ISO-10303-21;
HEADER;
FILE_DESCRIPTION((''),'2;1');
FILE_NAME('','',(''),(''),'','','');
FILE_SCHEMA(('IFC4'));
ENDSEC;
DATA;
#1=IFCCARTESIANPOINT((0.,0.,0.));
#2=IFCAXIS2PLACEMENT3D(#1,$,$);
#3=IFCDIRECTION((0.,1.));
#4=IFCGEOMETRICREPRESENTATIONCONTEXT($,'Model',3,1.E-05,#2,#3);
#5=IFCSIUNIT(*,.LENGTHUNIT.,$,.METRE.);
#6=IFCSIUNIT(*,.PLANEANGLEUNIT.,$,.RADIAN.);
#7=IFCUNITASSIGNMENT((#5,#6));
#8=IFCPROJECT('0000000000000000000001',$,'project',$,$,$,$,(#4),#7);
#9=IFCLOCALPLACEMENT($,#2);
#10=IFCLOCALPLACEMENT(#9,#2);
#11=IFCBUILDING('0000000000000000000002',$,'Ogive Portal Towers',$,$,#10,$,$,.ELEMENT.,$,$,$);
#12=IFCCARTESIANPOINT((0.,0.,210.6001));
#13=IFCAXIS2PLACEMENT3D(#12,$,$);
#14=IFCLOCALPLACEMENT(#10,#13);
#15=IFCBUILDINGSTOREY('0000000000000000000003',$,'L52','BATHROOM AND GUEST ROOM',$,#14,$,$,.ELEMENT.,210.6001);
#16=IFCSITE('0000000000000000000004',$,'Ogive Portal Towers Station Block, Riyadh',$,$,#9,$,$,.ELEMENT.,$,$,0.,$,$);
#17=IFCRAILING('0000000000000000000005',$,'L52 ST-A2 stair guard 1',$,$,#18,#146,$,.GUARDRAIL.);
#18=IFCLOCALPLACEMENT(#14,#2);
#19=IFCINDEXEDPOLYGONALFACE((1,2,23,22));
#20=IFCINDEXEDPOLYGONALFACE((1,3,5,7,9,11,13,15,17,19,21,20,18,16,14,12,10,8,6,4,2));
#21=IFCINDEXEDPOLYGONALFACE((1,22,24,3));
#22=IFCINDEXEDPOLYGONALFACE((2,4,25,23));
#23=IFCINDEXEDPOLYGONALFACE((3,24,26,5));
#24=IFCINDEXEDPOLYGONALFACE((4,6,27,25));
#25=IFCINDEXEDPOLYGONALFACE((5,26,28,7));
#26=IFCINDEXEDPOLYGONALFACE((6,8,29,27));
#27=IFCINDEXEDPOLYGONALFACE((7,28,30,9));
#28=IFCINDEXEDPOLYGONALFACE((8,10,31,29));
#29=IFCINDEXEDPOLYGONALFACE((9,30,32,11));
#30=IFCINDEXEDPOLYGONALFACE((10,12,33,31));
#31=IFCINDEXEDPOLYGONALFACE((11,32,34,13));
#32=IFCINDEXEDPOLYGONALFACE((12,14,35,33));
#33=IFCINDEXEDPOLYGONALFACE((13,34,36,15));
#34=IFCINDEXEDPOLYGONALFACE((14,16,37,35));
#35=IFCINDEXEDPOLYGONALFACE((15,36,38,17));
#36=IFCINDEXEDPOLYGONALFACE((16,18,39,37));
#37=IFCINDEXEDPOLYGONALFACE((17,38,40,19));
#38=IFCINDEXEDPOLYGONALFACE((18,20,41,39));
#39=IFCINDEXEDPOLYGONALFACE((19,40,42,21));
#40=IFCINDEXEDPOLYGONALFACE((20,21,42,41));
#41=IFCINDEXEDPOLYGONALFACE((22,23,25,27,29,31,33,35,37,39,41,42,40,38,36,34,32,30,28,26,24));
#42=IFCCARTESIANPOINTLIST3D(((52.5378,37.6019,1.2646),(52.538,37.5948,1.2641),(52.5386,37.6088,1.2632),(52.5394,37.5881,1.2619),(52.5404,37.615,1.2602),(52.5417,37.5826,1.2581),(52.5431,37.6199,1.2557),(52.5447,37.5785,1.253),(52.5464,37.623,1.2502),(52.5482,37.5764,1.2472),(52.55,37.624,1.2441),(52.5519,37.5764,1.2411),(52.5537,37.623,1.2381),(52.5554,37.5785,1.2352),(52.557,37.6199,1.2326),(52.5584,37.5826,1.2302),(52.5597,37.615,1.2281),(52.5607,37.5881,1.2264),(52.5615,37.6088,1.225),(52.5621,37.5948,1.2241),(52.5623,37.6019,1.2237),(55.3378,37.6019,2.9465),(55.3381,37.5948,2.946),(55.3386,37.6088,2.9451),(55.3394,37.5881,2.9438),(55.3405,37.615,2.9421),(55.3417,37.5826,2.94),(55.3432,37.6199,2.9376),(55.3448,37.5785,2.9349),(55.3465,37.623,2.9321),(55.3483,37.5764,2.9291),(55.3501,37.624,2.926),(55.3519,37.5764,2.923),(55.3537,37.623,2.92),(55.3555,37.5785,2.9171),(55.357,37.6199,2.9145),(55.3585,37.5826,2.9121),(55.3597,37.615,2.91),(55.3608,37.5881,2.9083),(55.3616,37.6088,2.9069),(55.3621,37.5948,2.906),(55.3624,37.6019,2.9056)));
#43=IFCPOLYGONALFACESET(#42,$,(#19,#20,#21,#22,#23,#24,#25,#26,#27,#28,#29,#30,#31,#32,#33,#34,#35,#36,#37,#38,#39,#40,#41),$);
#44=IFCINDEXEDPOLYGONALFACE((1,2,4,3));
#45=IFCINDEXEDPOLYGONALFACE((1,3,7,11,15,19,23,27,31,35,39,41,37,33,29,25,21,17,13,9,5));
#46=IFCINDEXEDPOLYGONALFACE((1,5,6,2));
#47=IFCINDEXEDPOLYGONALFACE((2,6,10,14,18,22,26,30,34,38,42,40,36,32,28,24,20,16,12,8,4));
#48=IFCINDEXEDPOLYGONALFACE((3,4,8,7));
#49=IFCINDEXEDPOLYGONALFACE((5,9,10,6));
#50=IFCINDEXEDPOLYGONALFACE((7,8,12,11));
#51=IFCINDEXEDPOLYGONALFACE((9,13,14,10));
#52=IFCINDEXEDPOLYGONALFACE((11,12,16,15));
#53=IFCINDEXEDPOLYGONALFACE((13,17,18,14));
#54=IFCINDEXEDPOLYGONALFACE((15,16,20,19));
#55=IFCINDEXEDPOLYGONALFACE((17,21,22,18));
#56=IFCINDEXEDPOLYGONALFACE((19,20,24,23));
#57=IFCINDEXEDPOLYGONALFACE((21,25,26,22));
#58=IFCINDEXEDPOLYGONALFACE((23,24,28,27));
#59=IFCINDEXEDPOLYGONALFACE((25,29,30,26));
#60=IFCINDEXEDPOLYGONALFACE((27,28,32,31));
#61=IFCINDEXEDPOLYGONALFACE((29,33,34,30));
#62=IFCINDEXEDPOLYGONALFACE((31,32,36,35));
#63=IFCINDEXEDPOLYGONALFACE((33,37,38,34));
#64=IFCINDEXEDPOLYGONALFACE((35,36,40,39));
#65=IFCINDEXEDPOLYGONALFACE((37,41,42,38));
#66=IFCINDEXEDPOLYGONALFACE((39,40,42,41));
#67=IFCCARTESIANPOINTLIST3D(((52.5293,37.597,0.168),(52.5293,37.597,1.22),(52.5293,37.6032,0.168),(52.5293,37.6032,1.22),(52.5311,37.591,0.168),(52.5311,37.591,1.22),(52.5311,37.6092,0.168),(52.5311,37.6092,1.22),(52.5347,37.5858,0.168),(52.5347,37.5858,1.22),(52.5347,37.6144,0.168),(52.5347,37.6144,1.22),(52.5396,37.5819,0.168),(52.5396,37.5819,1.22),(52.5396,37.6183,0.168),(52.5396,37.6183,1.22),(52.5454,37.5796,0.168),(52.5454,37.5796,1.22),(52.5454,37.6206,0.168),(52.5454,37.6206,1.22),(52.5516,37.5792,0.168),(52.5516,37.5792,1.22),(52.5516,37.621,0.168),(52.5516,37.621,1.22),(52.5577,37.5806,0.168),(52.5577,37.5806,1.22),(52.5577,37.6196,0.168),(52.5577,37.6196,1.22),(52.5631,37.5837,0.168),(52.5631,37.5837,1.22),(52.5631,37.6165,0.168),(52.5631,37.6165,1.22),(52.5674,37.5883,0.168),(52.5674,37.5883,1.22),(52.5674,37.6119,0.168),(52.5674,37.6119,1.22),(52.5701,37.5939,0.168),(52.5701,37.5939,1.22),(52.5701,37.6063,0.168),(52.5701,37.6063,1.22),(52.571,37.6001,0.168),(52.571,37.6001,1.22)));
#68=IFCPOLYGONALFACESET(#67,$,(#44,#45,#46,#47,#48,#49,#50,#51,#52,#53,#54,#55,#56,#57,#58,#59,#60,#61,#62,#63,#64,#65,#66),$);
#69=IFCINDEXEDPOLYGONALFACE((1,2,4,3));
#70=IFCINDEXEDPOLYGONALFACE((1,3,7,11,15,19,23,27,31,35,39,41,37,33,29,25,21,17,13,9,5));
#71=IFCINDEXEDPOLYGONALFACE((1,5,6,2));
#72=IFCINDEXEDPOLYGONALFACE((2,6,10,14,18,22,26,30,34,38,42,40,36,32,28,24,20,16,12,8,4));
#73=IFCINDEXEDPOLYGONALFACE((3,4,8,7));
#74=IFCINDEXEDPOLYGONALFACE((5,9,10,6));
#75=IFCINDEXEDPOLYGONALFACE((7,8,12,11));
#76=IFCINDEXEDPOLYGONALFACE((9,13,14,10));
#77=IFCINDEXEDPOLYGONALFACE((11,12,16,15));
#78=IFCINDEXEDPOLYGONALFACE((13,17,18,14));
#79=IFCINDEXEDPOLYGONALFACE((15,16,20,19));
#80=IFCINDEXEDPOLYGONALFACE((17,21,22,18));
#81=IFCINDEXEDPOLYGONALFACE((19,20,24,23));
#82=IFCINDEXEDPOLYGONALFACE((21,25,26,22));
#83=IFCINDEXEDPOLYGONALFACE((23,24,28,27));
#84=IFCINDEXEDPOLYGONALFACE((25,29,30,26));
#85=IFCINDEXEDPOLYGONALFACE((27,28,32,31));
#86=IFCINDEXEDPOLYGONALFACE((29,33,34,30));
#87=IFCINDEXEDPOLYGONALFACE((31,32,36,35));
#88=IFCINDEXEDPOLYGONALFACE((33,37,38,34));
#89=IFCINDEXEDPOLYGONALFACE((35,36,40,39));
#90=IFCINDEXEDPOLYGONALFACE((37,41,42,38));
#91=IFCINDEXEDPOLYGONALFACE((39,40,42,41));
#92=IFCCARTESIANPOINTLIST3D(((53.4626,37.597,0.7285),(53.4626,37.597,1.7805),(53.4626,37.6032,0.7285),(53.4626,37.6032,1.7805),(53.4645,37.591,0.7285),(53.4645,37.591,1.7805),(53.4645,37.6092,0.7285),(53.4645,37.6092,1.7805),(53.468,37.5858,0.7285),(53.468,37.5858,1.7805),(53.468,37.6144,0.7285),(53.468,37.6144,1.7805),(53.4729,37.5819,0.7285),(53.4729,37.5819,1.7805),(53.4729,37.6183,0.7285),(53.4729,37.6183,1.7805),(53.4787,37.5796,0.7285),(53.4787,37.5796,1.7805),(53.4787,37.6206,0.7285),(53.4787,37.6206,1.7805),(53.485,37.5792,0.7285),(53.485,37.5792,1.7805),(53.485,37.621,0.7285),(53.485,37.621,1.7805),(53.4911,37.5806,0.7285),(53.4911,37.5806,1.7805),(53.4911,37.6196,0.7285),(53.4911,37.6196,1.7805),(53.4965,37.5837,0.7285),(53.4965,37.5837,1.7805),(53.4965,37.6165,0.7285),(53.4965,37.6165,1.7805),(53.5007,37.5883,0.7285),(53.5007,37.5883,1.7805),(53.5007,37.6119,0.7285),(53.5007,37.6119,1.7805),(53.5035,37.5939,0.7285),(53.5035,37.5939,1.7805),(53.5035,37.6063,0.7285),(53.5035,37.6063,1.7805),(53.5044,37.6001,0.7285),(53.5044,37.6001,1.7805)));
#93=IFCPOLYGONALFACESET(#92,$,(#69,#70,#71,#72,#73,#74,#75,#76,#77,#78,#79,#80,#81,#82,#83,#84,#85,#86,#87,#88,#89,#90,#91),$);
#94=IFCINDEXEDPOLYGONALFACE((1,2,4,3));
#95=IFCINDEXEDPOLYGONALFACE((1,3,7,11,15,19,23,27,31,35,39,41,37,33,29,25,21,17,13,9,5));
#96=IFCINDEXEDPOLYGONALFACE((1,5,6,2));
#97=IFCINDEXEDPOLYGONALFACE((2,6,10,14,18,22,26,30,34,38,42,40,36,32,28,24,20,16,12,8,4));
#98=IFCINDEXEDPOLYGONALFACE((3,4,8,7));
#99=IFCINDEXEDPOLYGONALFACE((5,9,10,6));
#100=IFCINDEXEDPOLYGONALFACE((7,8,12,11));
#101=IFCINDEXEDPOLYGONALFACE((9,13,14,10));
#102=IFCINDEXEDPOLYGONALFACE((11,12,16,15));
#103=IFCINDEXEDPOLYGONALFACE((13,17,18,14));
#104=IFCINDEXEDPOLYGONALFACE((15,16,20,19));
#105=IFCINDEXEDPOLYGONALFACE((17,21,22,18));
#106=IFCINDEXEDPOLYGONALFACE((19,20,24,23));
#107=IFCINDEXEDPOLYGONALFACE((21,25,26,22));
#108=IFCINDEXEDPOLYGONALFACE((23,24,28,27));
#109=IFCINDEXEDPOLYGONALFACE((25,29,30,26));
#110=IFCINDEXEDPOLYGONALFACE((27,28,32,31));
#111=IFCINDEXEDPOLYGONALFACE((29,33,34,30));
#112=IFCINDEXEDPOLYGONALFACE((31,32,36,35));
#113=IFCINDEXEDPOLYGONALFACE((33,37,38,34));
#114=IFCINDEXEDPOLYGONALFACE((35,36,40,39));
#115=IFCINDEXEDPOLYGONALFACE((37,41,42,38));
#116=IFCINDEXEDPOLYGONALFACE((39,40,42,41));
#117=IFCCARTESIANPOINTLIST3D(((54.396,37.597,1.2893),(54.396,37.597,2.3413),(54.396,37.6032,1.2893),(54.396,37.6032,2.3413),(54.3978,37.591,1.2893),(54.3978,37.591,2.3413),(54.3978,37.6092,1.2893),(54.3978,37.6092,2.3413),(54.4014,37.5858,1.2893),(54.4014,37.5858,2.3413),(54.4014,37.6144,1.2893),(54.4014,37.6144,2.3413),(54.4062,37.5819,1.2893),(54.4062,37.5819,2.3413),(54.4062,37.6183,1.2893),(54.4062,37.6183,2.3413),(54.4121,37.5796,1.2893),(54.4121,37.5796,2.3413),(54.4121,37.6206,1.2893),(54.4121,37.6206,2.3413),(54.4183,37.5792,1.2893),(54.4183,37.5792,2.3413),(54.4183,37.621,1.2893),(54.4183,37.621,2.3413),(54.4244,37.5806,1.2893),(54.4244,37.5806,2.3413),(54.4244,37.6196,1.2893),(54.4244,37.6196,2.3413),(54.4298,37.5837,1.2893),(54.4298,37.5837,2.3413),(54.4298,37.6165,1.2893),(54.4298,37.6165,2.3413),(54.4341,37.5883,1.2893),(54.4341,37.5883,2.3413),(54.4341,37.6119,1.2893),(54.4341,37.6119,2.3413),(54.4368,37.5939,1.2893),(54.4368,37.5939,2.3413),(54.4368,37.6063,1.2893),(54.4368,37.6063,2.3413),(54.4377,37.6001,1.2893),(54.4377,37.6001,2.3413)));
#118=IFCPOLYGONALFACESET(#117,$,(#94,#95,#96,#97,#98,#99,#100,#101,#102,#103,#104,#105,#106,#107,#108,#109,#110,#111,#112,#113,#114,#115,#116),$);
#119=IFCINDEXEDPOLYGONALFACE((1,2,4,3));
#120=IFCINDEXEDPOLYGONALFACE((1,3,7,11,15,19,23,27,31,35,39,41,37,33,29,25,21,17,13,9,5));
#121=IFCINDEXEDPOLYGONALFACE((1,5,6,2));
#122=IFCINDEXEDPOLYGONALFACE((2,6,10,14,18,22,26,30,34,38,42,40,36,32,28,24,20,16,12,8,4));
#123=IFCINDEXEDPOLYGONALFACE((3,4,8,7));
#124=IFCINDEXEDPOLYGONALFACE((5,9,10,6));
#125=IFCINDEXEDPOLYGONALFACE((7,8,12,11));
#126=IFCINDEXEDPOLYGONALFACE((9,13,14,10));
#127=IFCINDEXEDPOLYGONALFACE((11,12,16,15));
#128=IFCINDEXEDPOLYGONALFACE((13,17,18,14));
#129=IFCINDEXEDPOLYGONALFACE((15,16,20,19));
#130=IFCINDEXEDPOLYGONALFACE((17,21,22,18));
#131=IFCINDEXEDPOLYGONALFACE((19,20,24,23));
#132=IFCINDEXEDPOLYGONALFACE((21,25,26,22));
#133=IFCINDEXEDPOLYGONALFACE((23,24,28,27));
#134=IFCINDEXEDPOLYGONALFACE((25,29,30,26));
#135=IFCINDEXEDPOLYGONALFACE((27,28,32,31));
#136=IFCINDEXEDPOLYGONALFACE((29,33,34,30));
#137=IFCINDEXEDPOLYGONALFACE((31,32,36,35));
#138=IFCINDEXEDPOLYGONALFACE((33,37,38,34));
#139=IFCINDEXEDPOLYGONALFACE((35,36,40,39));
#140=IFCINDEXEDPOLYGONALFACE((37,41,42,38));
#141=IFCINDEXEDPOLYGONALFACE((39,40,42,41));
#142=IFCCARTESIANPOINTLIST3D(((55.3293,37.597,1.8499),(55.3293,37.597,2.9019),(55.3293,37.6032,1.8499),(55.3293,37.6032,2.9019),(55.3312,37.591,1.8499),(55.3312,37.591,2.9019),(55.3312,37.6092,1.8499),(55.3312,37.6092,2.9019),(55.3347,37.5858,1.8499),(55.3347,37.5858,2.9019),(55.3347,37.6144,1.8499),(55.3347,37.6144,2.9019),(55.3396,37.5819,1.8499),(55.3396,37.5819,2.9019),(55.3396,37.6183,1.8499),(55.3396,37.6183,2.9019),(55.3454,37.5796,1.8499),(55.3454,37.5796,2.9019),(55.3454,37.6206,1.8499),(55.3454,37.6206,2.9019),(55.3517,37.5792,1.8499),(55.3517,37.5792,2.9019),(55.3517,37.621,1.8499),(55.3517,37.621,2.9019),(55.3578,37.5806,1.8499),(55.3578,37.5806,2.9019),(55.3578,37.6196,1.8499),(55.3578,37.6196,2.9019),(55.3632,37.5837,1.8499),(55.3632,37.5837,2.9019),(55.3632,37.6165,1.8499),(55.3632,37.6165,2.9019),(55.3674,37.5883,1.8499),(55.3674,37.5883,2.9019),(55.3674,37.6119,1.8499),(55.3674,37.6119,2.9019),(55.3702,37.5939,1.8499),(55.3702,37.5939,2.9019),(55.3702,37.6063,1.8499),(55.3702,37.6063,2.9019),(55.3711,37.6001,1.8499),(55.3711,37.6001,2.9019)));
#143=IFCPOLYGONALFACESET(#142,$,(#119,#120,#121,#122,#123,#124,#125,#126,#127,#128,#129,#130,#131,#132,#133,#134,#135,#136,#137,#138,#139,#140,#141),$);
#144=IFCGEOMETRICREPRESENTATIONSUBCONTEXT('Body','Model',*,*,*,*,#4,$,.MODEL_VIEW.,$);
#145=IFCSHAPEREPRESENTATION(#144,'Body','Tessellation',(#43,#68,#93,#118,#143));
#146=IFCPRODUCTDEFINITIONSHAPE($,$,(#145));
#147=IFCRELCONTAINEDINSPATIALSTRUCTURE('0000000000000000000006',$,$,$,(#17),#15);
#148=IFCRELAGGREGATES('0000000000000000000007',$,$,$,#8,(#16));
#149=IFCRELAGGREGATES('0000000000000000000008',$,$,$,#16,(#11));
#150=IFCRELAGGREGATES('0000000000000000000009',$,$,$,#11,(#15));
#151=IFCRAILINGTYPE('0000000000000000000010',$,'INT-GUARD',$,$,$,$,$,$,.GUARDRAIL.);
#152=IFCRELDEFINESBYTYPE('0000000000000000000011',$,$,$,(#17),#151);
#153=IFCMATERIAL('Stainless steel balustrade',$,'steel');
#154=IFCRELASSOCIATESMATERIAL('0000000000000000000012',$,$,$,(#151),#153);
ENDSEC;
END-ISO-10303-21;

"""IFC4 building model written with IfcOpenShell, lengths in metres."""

from ifc_helpers import new_model, si_unit, direction, frame, origin, origin_2d, place, context, subcontext, project, spatial, circle, extrude, material, type_object, element, save


model = new_model("IFC4")

# Units and contexts
model_context = context("Model", 3, precision=1e-05, world=origin(), true_north=direction((0.0, 1.0)))
body_context = subcontext(model_context, "Body", "Model", "MODEL_VIEW")
ifc_project = project(units=[si_unit("LENGTHUNIT", "METRE"), si_unit("PLANEANGLEUNIT", "RADIAN")], contexts=[model_context])

# Site, building, storey
site_placement = place(None, origin())
site = spatial("IfcSite", under=ifc_project, at=site_placement, Name="Ogive Portal Towers Station Block, Riyadh", CompositionType="ELEMENT", RefElevation=0.0)
building_placement = place(site_placement, origin())
building = spatial("IfcBuilding", under=site, at=building_placement, Name="Ogive Portal Towers", CompositionType="ELEMENT")
storey_placement = place(building_placement, frame((0.0, 0.0, 210.6001)))
storey = spatial("IfcBuildingStorey", under=building, at=storey_placement, Name="L52", Description="BATHROOM AND GUEST ROOM", CompositionType="ELEMENT", Elevation=210.6001)

# Railing
ifc_material_1 = material(Name="Stainless steel balustrade", Category="steel")
railing_type_1 = type_object("IfcRailingType", Name="INT-GUARD", PredefinedType="GUARDRAIL", material=ifc_material_1)
railing_1_placement = place(storey_placement, frame((52.55, 37.6001, 0.168)))
element("IfcRailing", 1, at=railing_1_placement, inside=storey, type_object=railing_type_1, Name="L52 ST-A2 stair guard 1", PredefinedType="GUARDRAIL", context=body_context, shape_type="SweptSolid", body=[
    extrude(circle(Radius=0.0239, at=origin_2d()), frame((0.0, 0.0, 1.0762), z_axis=(0.857242, 0.0, 0.514913), x_axis=(0.0, 1.0, 0.0)), (0.0, 0.0, 1.0), 3.2664),
    extrude(circle(Radius=0.021, at=origin_2d()), origin(), (0.0, 0.0, 1.0), 1.052),
    extrude(circle(Radius=0.021, at=origin_2d()), frame((0.9333, 0.0, 0.5605)), (0.0, 0.0, 1.0), 1.052),
    extrude(circle(Radius=0.021, at=origin_2d()), frame((1.8667, 0.0, 1.1213)), (0.0, 0.0, 1.0), 1.052),
    extrude(circle(Radius=0.021, at=origin_2d()), frame((2.8, 0.0, 1.6819)), (0.0, 0.0, 1.0), 1.052),
])

save(model, "model.ifc")
